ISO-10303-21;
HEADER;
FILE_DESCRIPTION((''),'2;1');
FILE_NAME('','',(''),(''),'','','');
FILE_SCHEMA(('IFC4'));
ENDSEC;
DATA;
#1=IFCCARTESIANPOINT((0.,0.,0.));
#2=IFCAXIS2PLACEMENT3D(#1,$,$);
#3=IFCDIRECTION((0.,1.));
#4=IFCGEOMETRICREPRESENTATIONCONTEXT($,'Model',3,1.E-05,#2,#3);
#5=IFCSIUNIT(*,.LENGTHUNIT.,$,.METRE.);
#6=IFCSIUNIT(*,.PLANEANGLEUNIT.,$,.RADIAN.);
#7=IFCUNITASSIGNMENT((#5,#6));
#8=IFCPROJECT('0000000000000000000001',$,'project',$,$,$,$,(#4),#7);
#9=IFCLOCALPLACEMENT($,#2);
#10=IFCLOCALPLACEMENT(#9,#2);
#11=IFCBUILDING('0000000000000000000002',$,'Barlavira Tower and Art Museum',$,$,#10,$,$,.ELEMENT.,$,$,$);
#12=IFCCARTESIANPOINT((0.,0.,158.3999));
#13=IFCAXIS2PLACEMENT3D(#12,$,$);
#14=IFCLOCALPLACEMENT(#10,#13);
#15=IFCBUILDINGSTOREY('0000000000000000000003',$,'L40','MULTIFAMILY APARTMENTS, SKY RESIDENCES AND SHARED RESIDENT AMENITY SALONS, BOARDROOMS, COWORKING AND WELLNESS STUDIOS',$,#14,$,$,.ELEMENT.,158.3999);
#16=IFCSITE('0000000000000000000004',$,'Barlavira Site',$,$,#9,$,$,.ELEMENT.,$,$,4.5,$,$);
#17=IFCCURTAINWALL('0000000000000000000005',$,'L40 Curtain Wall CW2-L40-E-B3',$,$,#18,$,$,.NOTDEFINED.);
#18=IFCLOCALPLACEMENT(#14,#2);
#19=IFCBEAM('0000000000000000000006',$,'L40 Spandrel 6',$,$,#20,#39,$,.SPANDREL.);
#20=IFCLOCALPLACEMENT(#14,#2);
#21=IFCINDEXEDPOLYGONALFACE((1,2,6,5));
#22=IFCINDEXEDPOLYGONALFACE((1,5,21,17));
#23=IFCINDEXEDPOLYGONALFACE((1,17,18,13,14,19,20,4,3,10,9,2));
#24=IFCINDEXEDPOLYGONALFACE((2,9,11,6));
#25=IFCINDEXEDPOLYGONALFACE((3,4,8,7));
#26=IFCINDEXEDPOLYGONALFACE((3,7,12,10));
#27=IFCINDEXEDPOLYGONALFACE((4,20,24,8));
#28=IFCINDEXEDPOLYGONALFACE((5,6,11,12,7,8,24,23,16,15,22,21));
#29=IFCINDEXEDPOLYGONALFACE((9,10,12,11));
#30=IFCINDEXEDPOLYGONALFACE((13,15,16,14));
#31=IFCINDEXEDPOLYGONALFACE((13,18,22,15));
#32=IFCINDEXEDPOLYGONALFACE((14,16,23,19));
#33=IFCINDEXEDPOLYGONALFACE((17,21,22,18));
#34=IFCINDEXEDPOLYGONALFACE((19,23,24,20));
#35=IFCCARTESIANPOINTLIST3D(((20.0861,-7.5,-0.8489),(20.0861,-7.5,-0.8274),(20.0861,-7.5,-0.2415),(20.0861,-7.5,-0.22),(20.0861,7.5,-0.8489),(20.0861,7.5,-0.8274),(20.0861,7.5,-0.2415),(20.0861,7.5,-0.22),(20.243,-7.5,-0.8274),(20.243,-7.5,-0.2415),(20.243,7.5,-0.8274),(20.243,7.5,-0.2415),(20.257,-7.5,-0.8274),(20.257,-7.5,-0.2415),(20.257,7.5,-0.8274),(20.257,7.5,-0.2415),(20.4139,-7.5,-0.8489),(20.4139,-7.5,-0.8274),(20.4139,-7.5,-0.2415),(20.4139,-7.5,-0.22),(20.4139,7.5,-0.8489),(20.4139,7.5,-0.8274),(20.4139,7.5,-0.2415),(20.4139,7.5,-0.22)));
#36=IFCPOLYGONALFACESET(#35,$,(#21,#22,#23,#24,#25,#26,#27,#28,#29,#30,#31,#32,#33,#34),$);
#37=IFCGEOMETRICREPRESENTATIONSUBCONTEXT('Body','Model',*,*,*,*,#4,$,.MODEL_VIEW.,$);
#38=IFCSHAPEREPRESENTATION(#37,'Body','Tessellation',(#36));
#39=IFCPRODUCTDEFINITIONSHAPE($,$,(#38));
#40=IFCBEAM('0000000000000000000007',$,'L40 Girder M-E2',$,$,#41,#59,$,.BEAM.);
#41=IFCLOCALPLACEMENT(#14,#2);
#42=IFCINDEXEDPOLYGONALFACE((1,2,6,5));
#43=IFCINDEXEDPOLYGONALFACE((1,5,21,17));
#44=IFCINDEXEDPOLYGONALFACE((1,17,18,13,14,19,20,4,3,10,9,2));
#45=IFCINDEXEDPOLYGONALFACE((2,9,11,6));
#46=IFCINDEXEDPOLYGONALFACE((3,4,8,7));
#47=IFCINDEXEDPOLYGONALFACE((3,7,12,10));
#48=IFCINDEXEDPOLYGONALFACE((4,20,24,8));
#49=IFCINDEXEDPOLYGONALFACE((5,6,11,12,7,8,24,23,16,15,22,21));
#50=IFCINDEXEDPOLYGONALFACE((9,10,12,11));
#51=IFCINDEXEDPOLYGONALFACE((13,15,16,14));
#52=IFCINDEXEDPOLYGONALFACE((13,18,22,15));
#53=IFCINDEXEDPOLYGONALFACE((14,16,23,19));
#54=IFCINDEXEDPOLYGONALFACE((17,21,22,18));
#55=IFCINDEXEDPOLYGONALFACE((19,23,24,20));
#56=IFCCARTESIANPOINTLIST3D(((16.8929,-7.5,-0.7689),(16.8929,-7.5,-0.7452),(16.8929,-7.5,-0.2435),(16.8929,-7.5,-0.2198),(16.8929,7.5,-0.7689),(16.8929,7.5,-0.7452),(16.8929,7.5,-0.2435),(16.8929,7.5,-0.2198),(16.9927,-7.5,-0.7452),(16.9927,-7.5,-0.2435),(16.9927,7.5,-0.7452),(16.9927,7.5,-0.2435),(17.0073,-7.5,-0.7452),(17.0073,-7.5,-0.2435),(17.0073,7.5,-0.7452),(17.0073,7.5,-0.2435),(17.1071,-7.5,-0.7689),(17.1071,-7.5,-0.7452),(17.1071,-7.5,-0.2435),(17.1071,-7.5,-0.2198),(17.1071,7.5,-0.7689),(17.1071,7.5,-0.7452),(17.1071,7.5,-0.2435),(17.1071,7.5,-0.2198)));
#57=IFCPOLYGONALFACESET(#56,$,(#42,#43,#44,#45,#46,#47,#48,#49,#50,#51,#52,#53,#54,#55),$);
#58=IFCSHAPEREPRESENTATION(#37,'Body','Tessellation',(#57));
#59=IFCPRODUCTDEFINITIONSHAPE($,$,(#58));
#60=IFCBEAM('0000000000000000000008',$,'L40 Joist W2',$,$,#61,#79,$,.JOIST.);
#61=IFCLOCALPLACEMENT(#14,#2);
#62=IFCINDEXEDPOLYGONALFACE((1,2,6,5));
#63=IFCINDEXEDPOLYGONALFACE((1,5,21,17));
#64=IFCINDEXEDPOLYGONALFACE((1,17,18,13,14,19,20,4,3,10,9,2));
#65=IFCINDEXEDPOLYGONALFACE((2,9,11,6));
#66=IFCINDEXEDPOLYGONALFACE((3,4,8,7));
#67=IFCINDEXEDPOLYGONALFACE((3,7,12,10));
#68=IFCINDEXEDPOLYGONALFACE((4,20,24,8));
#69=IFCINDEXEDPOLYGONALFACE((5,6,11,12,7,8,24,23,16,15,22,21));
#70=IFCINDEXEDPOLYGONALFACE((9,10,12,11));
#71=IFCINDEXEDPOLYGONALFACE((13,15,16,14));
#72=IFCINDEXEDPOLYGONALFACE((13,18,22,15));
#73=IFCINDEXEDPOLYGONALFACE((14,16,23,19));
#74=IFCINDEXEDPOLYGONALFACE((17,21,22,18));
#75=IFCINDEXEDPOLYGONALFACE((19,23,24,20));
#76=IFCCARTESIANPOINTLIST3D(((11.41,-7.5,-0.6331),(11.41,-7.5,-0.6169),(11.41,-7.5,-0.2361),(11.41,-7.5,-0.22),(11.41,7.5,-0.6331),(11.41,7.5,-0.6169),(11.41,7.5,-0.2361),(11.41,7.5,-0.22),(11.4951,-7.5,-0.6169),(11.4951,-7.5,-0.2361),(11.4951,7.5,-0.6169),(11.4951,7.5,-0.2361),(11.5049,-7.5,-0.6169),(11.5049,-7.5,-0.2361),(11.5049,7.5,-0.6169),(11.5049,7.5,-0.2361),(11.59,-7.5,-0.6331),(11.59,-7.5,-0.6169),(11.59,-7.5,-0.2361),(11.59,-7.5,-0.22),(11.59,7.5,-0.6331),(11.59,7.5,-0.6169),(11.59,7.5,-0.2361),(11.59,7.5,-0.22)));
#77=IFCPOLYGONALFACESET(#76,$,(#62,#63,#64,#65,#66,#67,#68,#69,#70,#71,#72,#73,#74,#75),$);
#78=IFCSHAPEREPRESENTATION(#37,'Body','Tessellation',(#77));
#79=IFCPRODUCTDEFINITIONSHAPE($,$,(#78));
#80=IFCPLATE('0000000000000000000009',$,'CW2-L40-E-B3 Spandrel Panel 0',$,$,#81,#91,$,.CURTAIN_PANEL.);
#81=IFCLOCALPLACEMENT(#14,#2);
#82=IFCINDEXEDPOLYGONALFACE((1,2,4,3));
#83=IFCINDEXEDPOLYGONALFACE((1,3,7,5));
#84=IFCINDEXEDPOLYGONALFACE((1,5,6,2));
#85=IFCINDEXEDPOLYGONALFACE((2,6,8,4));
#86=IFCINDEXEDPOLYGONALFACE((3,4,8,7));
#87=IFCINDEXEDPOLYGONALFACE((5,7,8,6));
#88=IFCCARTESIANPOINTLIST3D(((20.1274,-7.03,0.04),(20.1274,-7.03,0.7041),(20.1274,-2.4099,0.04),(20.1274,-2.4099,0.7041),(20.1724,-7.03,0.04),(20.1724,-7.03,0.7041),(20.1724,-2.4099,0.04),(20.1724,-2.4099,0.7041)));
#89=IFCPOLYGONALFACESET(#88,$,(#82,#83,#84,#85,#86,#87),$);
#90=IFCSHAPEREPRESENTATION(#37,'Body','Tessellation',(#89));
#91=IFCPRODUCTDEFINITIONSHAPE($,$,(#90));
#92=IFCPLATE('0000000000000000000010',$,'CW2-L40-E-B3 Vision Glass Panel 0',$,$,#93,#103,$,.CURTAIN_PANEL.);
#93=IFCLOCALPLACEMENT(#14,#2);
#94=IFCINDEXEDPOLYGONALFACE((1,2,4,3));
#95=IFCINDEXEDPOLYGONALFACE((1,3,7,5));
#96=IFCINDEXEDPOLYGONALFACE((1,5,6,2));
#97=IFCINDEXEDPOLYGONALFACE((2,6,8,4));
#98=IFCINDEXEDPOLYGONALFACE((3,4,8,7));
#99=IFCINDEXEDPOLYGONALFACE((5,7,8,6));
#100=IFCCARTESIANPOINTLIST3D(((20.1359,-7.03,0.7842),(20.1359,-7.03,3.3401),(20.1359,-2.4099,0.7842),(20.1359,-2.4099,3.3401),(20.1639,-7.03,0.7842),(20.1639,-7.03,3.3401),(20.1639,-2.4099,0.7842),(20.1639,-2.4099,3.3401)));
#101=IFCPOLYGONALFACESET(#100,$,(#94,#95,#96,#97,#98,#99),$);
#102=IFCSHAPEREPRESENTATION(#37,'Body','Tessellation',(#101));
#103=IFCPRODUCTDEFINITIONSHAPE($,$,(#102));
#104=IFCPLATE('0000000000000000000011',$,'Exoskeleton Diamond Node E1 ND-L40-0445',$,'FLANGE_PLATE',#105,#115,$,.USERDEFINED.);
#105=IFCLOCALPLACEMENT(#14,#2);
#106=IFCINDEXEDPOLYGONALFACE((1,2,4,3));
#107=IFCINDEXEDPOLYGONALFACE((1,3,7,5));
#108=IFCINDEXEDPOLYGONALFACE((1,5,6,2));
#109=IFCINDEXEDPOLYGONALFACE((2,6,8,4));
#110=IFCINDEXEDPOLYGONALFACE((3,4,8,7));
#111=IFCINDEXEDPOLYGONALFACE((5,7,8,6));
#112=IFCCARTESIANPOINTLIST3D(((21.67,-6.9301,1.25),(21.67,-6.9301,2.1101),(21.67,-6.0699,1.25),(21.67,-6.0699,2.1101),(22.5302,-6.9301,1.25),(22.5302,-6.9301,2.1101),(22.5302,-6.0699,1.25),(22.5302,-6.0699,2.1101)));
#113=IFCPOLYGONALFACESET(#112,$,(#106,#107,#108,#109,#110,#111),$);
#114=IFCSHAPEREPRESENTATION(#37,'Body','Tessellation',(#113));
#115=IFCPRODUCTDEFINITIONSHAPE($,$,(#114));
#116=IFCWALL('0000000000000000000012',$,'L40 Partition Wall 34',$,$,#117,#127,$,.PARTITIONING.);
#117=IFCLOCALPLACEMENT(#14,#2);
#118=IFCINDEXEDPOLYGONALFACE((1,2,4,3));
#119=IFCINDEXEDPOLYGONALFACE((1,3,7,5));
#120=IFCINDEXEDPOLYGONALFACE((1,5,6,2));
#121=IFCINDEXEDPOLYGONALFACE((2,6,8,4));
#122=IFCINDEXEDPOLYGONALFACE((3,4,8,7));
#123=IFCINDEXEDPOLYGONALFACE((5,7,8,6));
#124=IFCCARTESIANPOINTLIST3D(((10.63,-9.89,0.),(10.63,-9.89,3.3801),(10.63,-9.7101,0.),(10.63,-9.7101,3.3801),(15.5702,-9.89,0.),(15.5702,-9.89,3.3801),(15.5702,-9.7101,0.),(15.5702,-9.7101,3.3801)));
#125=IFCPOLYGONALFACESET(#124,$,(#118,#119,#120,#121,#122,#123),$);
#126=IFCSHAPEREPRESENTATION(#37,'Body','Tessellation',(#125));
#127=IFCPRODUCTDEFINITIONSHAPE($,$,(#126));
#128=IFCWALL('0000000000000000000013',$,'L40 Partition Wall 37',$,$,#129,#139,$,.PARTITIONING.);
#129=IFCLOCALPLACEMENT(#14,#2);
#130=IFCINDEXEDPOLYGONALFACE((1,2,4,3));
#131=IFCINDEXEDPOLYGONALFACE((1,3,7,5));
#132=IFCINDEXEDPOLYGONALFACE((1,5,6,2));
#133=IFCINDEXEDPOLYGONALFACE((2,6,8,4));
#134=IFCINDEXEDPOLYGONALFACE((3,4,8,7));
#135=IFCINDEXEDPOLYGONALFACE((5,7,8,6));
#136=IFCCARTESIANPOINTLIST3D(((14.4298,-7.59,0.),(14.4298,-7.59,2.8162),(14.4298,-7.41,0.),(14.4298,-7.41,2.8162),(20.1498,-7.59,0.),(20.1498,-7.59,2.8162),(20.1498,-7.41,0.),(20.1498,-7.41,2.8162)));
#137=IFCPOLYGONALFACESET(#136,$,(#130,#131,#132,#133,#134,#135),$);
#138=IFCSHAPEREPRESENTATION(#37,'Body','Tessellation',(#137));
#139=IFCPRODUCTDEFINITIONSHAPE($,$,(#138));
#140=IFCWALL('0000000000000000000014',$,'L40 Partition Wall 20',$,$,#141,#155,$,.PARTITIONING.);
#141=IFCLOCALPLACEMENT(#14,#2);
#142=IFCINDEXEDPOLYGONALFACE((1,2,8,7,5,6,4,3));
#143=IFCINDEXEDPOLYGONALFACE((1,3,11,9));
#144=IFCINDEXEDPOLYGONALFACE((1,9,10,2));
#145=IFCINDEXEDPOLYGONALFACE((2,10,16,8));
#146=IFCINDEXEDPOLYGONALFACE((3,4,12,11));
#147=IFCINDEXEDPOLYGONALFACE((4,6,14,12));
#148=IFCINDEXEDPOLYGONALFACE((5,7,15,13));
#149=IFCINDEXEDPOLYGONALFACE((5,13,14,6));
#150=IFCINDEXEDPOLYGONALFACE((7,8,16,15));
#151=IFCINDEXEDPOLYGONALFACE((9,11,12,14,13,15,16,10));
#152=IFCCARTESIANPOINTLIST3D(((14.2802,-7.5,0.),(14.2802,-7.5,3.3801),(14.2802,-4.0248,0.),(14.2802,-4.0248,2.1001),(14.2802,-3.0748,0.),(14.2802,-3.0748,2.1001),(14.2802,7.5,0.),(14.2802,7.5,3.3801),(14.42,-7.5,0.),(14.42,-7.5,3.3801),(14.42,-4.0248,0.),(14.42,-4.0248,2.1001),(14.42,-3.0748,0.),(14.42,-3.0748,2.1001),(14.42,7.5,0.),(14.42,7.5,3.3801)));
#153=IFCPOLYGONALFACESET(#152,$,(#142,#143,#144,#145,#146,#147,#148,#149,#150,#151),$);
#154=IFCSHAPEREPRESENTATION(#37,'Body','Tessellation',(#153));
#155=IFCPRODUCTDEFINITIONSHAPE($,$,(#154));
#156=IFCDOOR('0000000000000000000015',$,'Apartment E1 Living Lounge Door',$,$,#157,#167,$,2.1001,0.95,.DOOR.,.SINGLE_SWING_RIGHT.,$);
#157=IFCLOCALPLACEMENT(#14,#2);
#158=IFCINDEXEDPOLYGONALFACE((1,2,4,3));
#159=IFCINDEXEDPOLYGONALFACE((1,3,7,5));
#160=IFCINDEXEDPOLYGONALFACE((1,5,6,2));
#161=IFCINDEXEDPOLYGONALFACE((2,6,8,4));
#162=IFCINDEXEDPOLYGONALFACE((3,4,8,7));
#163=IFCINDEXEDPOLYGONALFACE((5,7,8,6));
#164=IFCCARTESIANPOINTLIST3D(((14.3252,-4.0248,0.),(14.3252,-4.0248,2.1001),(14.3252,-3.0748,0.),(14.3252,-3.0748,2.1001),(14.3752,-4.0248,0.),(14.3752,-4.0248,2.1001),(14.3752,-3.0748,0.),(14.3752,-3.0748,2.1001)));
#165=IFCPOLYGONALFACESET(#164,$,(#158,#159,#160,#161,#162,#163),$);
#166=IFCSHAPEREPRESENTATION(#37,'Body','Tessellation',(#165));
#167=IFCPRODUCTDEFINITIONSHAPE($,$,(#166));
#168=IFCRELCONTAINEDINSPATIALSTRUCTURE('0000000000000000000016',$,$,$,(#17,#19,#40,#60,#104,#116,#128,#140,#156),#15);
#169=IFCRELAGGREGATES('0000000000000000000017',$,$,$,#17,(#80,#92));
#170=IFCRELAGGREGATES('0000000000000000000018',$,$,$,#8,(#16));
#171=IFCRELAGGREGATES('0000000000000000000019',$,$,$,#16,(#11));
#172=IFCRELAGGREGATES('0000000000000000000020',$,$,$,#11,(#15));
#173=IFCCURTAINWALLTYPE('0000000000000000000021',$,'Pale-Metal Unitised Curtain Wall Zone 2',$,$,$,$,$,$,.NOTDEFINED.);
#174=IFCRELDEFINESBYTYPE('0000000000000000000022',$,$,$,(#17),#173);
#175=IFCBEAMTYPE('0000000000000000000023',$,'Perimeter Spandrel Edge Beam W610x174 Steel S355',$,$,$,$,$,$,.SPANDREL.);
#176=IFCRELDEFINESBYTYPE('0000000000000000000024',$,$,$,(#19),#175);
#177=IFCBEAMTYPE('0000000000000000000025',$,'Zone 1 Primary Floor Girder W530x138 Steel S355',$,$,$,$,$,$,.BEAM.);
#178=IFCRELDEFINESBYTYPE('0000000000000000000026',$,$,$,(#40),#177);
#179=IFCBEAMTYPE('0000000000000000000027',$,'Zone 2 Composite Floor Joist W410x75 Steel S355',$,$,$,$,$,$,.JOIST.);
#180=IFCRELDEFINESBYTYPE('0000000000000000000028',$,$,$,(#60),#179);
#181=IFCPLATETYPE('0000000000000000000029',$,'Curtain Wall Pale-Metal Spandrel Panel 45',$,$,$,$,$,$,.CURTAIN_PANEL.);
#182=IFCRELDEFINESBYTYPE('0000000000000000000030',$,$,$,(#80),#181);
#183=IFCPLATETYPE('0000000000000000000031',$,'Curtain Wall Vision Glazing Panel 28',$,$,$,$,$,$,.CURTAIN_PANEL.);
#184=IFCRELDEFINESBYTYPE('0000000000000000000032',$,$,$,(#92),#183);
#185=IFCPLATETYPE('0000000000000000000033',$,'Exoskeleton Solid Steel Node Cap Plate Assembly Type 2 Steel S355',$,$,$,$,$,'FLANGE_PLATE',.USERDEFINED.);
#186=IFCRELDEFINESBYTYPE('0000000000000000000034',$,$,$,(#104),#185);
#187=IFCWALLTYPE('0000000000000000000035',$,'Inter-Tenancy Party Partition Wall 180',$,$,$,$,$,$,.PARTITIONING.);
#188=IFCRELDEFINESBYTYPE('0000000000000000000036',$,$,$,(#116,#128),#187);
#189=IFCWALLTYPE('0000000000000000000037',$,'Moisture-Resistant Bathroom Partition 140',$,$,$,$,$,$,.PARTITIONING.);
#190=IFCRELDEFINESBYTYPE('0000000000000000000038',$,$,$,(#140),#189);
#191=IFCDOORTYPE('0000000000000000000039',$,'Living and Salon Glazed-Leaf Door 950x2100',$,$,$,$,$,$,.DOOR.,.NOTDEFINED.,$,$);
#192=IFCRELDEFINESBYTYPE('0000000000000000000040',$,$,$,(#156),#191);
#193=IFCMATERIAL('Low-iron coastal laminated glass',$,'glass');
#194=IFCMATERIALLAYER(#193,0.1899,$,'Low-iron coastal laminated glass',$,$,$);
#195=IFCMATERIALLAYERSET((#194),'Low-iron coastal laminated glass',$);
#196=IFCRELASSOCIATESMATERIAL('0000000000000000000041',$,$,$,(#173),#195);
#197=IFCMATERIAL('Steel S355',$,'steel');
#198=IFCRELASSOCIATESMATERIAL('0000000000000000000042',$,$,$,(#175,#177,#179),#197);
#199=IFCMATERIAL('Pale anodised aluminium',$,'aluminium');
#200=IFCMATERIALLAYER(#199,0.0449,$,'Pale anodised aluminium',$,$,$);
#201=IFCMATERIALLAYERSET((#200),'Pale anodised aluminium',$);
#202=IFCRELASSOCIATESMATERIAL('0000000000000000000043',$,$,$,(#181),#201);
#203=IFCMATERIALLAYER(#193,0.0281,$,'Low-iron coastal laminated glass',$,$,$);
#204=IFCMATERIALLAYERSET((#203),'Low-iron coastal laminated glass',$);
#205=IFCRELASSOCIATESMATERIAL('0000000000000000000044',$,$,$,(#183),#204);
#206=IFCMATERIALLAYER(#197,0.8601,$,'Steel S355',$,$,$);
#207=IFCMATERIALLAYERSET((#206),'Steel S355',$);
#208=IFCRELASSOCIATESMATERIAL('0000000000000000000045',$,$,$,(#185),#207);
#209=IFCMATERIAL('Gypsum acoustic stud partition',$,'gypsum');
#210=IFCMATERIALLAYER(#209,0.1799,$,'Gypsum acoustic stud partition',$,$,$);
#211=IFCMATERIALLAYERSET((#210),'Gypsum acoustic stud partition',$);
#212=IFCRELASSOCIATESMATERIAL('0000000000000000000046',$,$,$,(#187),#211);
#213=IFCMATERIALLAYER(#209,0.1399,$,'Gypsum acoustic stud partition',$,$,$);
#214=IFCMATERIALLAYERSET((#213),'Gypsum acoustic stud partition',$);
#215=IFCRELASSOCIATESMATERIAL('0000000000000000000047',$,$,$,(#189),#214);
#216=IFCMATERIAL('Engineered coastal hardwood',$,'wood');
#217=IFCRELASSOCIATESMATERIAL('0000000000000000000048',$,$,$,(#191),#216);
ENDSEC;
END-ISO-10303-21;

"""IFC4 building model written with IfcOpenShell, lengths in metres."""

from ifc_helpers import new_model, si_unit, direction, frame, frame_2d, origin, origin_2d, place, context, subcontext, project, spatial, rectangle, i_section, extrude, material, layer, layer_set, material_profile, profile_set, type_object, element, fill, aggregate, save


model = new_model("IFC4")

# Units and contexts
model_context = context("Model", 3, precision=1e-05, world=origin(), true_north=direction((0.0, 1.0)))
body_context = subcontext(model_context, "Body", "Model", "MODEL_VIEW")
ifc_project = project(units=[si_unit("LENGTHUNIT", "METRE"), si_unit("PLANEANGLEUNIT", "RADIAN")], contexts=[model_context])

# Site, building, storey
site_placement = place(None, origin())
site = spatial("IfcSite", under=ifc_project, at=site_placement, Name="Barlavira Site", CompositionType="ELEMENT", RefElevation=4.5)
building_placement = place(site_placement, origin())
building = spatial("IfcBuilding", under=site, at=building_placement, Name="Barlavira Tower and Art Museum", CompositionType="ELEMENT")
storey_placement = place(building_placement, frame((0.0, 0.0, 158.3999)))
storey = spatial("IfcBuildingStorey", under=building, at=storey_placement, Name="L40", Description="MULTIFAMILY APARTMENTS, SKY RESIDENCES AND SHARED RESIDENT AMENITY SALONS, BOARDROOMS, COWORKING AND WELLNESS STUDIOS", CompositionType="ELEMENT", Elevation=158.3999)

# Curtain wall
ifc_material_1 = material(Name="Low-iron coastal laminated glass", Category="glass")
ifc_layer_1 = layer(ifc_material_1, 0.1899, Name="Low-iron coastal laminated glass")
ifc_layer_set_1 = layer_set([ifc_layer_1], Name="Low-iron coastal laminated glass")
curtain_wall_type = type_object("IfcCurtainWallType", Name="Pale-Metal Unitised Curtain Wall Zone 2", PredefinedType="NOTDEFINED", material=ifc_layer_set_1)
curtain_wall_placement = place(storey_placement, origin())
curtain_wall = element("IfcCurtainWall", 1, at=curtain_wall_placement, inside=storey, type_object=curtain_wall_type, Name="L40 Curtain Wall CW2-L40-E-B3", PredefinedType="NOTDEFINED")
ifc_material_2 = material(Name="Pale anodised aluminium", Category="aluminium")

# Beams
ifc_material_3 = material(Name="Steel S355", Category="steel")
ifc_material_profile_1 = material_profile(ifc_material_3, i_section(OverallWidth=0.3279, OverallDepth=0.6289, WebThickness=0.0139, FlangeThickness=0.0215, at=origin_2d()), Name="W610x174.0")
ifc_profile_set_1 = profile_set([ifc_material_profile_1], Name="Steel S355")
beam_type_1 = type_object("IfcBeamType", Name="Perimeter Spandrel Edge Beam W610x174 Steel S355", PredefinedType="SPANDREL", material=ifc_profile_set_1)
beam_1_placement = place(storey_placement, frame((20.25, -7.5, -0.5344), z_axis=(0.0, 1.0, 0.0), x_axis=(-1.0, 0.0, 0.0)))
element("IfcBeam", 2, at=beam_1_placement, inside=storey, type_object=beam_type_1, Name="L40 Spandrel 6", PredefinedType="SPANDREL", context=body_context, shape_type="SweptSolid", body=[
    extrude(i_section(OverallWidth=0.3279, OverallDepth=0.6289, WebThickness=0.0139, FlangeThickness=0.0215, at=origin_2d()), origin(), (0.0, 0.0, 1.0), 15.0),
])
ifc_material_profile_2 = material_profile(ifc_material_3, i_section(OverallWidth=0.2141, OverallDepth=0.5491, WebThickness=0.0146, FlangeThickness=0.0237, at=origin_2d()), Name="W530x138.0")
ifc_profile_set_2 = profile_set([ifc_material_profile_2], Name="Steel S355")
beam_type_2 = type_object("IfcBeamType", Name="Zone 1 Primary Floor Girder W530x138 Steel S355", PredefinedType="BEAM", material=ifc_profile_set_2)
beam_2_placement = place(storey_placement, frame((17.0, -7.5, -0.4944), z_axis=(0.0, 1.0, 0.0), x_axis=(-1.0, 0.0, 0.0)))
element("IfcBeam", 3, at=beam_2_placement, inside=storey, type_object=beam_type_2, Name="L40 Girder M-E2", PredefinedType="BEAM", context=body_context, shape_type="SweptSolid", body=[
    extrude(i_section(OverallWidth=0.2141, OverallDepth=0.5491, WebThickness=0.0146, FlangeThickness=0.0237, at=origin_2d()), origin(), (0.0, 0.0, 1.0), 15.0),
])
ifc_material_profile_3 = material_profile(ifc_material_3, i_section(OverallWidth=0.1799, OverallDepth=0.4131, WebThickness=0.0098, FlangeThickness=0.0161, at=origin_2d()), Name="W410x75.0")
ifc_profile_set_3 = profile_set([ifc_material_profile_3], Name="Steel S355")
beam_type_3 = type_object("IfcBeamType", Name="Zone 2 Composite Floor Joist W410x75 Steel S355", PredefinedType="JOIST", material=ifc_profile_set_3)
beam_3_placement = place(storey_placement, frame((11.5, -7.5, -0.4265), z_axis=(0.0, 1.0, 0.0), x_axis=(-1.0, 0.0, 0.0)))
element("IfcBeam", 4, at=beam_3_placement, inside=storey, type_object=beam_type_3, Name="L40 Joist W2", PredefinedType="JOIST", context=body_context, shape_type="SweptSolid", body=[
    extrude(i_section(OverallWidth=0.1799, OverallDepth=0.4131, WebThickness=0.0098, FlangeThickness=0.0161, at=origin_2d()), origin(), (0.0, 0.0, 1.0), 15.0),
])

# Plates
ifc_layer_2 = layer(ifc_material_2, 0.0449, Name="Pale anodised aluminium")
ifc_layer_set_2 = layer_set([ifc_layer_2], Name="Pale anodised aluminium")
plate_type_1 = type_object("IfcPlateType", Name="Curtain Wall Pale-Metal Spandrel Panel 45", PredefinedType="CURTAIN_PANEL", material=ifc_layer_set_2)
plate_1_placement = place(storey_placement, frame((20.1499, -4.72, 0.04), z_axis=(0.0, 0.0, 1.0), x_axis=(0.0, 1.0, 0.0)))
plate_1 = element("IfcPlate", 5, at=plate_1_placement, type_object=plate_type_1, Name="CW2-L40-E-B3 Spandrel Panel 0", PredefinedType="CURTAIN_PANEL", context=body_context, shape_type="SweptSolid", body=[
    extrude(rectangle(XDim=4.6201, YDim=0.0449, at=origin_2d()), origin(), (0.0, 0.0, 1.0), 0.6641),
])
ifc_layer_3 = layer(ifc_material_1, 0.0281, Name="Low-iron coastal laminated glass")
ifc_layer_set_3 = layer_set([ifc_layer_3], Name="Low-iron coastal laminated glass")
plate_type_2 = type_object("IfcPlateType", Name="Curtain Wall Vision Glazing Panel 28", PredefinedType="CURTAIN_PANEL", material=ifc_layer_set_3)
plate_2_placement = place(storey_placement, frame((20.1499, -4.72, 0.7842), z_axis=(0.0, 0.0, 1.0), x_axis=(0.0, 1.0, 0.0)))
plate_2 = element("IfcPlate", 6, at=plate_2_placement, type_object=plate_type_2, Name="CW2-L40-E-B3 Vision Glass Panel 0", PredefinedType="CURTAIN_PANEL", context=body_context, shape_type="SweptSolid", body=[
    extrude(rectangle(XDim=4.6201, YDim=0.0281, at=origin_2d()), origin(), (0.0, 0.0, 1.0), 2.5559),
])
aggregate(curtain_wall, [plate_1, plate_2])
ifc_layer_4 = layer(ifc_material_3, 0.8601, Name="Steel S355")
ifc_layer_set_4 = layer_set([ifc_layer_4], Name="Steel S355")
plate_type_3 = type_object("IfcPlateType", Name="Exoskeleton Solid Steel Node Cap Plate Assembly Type 2 Steel S355", ElementType="FLANGE_PLATE", PredefinedType="USERDEFINED", material=ifc_layer_set_4)
plate_3_placement = place(storey_placement, frame((22.1001, -6.5, 1.25), z_axis=(0.0, 0.0, 1.0), x_axis=(1.0, 0.0, 0.0)))
element("IfcPlate", 7, at=plate_3_placement, inside=storey, type_object=plate_type_3, Name="Exoskeleton Diamond Node E1 ND-L40-0445", ObjectType="FLANGE_PLATE", PredefinedType="USERDEFINED", context=body_context, shape_type="SweptSolid", body=[
    extrude(rectangle(XDim=0.8601, YDim=0.8601, at=origin_2d()), origin(), (0.0, 0.0, 1.0), 0.8601),
])

# Walls
ifc_material_4 = material(Name="Gypsum acoustic stud partition", Category="gypsum")
ifc_layer_5 = layer(ifc_material_4, 0.1799, Name="Gypsum acoustic stud partition")
ifc_layer_set_5 = layer_set([ifc_layer_5], Name="Gypsum acoustic stud partition")
wall_type_1 = type_object("IfcWallType", Name="Inter-Tenancy Party Partition Wall 180", PredefinedType="PARTITIONING", material=ifc_layer_set_5)
wall_1_placement = place(storey_placement, frame((10.6299, -9.8, 0.0), z_axis=(0.0, 0.0, 1.0), x_axis=(1.0, 0.0, 0.0)))
element("IfcWall", 8, at=wall_1_placement, inside=storey, type_object=wall_type_1, Name="L40 Partition Wall 34", PredefinedType="PARTITIONING", context=body_context, shape_type="SweptSolid", body=[
    extrude(rectangle(XDim=4.9402, YDim=0.1799, at=frame_2d((2.4702, 0.0))), origin(), (0.0, 0.0, 1.0), 3.3801),
])
wall_2_placement = place(storey_placement, frame((14.4299, -7.5, 0.0), z_axis=(0.0, 0.0, 1.0), x_axis=(1.0, 0.0, 0.0)))
element("IfcWall", 9, at=wall_2_placement, inside=storey, type_object=wall_type_1, Name="L40 Partition Wall 37", PredefinedType="PARTITIONING", context=body_context, shape_type="SweptSolid", body=[
    extrude(rectangle(XDim=5.72, YDim=0.1799, at=frame_2d((2.8599, 0.0))), origin(), (0.0, 0.0, 1.0), 2.8162),
])

# Wall, opening, door
ifc_layer_6 = layer(ifc_material_4, 0.1399, Name="Gypsum acoustic stud partition")
ifc_layer_set_6 = layer_set([ifc_layer_6], Name="Gypsum acoustic stud partition")
wall_type_2 = type_object("IfcWallType", Name="Moisture-Resistant Bathroom Partition 140", PredefinedType="PARTITIONING", material=ifc_layer_set_6)
wall_3_placement = place(storey_placement, frame((14.3501, -7.5, 0.0), z_axis=(0.0, 0.0, 1.0), x_axis=(0.0, 1.0, 0.0)))
wall_3 = element("IfcWall", 10, at=wall_3_placement, inside=storey, type_object=wall_type_2, Name="L40 Partition Wall 20", PredefinedType="PARTITIONING", context=body_context, shape_type="SweptSolid", body=[
    extrude(rectangle(XDim=15.0, YDim=0.1399, at=frame_2d((7.5, 0.0))), origin(), (0.0, 0.0, 1.0), 3.3801),
])
opening_placement = place(wall_3_placement, frame((3.4751, 0.0, 0.0)))
opening = element("IfcOpeningElement", 11, at=opening_placement, cuts=wall_3, PredefinedType="OPENING", context=body_context, shape_type="SweptSolid", body=[
    extrude(rectangle(XDim=0.95, YDim=2.1001, at=frame_2d((0.4751, 1.05))), frame((0.0, 0.0801, 0.0), z_axis=(0.0, -1.0, 0.0), x_axis=(1.0, 0.0, 0.0)), (0.0, 0.0, 1.0), 0.1599),
])
ifc_material_5 = material(Name="Engineered coastal hardwood", Category="wood")
door_type = type_object("IfcDoorType", Name="Living and Salon Glazed-Leaf Door 950x2100", OperationType="NOTDEFINED", PredefinedType="DOOR", material=ifc_material_5)
door_placement = place(opening_placement, origin())
door = element("IfcDoor", 12, at=door_placement, inside=storey, type_object=door_type, Name="Apartment E1 Living Lounge Door", OperationType="SINGLE_SWING_RIGHT", OverallHeight=2.1001, OverallWidth=0.95, PredefinedType="DOOR", context=body_context, shape_type="SweptSolid", body=[
    extrude(rectangle(XDim=0.95, YDim=2.1001, at=frame_2d((0.4751, 1.05))), frame((0.0, 0.0249, 0.0), z_axis=(0.0, -1.0, 0.0), x_axis=(1.0, 0.0, 0.0)), (0.0, 0.0, 1.0), 0.05),
])
fill(opening, door)

save(model, "model.ifc")
